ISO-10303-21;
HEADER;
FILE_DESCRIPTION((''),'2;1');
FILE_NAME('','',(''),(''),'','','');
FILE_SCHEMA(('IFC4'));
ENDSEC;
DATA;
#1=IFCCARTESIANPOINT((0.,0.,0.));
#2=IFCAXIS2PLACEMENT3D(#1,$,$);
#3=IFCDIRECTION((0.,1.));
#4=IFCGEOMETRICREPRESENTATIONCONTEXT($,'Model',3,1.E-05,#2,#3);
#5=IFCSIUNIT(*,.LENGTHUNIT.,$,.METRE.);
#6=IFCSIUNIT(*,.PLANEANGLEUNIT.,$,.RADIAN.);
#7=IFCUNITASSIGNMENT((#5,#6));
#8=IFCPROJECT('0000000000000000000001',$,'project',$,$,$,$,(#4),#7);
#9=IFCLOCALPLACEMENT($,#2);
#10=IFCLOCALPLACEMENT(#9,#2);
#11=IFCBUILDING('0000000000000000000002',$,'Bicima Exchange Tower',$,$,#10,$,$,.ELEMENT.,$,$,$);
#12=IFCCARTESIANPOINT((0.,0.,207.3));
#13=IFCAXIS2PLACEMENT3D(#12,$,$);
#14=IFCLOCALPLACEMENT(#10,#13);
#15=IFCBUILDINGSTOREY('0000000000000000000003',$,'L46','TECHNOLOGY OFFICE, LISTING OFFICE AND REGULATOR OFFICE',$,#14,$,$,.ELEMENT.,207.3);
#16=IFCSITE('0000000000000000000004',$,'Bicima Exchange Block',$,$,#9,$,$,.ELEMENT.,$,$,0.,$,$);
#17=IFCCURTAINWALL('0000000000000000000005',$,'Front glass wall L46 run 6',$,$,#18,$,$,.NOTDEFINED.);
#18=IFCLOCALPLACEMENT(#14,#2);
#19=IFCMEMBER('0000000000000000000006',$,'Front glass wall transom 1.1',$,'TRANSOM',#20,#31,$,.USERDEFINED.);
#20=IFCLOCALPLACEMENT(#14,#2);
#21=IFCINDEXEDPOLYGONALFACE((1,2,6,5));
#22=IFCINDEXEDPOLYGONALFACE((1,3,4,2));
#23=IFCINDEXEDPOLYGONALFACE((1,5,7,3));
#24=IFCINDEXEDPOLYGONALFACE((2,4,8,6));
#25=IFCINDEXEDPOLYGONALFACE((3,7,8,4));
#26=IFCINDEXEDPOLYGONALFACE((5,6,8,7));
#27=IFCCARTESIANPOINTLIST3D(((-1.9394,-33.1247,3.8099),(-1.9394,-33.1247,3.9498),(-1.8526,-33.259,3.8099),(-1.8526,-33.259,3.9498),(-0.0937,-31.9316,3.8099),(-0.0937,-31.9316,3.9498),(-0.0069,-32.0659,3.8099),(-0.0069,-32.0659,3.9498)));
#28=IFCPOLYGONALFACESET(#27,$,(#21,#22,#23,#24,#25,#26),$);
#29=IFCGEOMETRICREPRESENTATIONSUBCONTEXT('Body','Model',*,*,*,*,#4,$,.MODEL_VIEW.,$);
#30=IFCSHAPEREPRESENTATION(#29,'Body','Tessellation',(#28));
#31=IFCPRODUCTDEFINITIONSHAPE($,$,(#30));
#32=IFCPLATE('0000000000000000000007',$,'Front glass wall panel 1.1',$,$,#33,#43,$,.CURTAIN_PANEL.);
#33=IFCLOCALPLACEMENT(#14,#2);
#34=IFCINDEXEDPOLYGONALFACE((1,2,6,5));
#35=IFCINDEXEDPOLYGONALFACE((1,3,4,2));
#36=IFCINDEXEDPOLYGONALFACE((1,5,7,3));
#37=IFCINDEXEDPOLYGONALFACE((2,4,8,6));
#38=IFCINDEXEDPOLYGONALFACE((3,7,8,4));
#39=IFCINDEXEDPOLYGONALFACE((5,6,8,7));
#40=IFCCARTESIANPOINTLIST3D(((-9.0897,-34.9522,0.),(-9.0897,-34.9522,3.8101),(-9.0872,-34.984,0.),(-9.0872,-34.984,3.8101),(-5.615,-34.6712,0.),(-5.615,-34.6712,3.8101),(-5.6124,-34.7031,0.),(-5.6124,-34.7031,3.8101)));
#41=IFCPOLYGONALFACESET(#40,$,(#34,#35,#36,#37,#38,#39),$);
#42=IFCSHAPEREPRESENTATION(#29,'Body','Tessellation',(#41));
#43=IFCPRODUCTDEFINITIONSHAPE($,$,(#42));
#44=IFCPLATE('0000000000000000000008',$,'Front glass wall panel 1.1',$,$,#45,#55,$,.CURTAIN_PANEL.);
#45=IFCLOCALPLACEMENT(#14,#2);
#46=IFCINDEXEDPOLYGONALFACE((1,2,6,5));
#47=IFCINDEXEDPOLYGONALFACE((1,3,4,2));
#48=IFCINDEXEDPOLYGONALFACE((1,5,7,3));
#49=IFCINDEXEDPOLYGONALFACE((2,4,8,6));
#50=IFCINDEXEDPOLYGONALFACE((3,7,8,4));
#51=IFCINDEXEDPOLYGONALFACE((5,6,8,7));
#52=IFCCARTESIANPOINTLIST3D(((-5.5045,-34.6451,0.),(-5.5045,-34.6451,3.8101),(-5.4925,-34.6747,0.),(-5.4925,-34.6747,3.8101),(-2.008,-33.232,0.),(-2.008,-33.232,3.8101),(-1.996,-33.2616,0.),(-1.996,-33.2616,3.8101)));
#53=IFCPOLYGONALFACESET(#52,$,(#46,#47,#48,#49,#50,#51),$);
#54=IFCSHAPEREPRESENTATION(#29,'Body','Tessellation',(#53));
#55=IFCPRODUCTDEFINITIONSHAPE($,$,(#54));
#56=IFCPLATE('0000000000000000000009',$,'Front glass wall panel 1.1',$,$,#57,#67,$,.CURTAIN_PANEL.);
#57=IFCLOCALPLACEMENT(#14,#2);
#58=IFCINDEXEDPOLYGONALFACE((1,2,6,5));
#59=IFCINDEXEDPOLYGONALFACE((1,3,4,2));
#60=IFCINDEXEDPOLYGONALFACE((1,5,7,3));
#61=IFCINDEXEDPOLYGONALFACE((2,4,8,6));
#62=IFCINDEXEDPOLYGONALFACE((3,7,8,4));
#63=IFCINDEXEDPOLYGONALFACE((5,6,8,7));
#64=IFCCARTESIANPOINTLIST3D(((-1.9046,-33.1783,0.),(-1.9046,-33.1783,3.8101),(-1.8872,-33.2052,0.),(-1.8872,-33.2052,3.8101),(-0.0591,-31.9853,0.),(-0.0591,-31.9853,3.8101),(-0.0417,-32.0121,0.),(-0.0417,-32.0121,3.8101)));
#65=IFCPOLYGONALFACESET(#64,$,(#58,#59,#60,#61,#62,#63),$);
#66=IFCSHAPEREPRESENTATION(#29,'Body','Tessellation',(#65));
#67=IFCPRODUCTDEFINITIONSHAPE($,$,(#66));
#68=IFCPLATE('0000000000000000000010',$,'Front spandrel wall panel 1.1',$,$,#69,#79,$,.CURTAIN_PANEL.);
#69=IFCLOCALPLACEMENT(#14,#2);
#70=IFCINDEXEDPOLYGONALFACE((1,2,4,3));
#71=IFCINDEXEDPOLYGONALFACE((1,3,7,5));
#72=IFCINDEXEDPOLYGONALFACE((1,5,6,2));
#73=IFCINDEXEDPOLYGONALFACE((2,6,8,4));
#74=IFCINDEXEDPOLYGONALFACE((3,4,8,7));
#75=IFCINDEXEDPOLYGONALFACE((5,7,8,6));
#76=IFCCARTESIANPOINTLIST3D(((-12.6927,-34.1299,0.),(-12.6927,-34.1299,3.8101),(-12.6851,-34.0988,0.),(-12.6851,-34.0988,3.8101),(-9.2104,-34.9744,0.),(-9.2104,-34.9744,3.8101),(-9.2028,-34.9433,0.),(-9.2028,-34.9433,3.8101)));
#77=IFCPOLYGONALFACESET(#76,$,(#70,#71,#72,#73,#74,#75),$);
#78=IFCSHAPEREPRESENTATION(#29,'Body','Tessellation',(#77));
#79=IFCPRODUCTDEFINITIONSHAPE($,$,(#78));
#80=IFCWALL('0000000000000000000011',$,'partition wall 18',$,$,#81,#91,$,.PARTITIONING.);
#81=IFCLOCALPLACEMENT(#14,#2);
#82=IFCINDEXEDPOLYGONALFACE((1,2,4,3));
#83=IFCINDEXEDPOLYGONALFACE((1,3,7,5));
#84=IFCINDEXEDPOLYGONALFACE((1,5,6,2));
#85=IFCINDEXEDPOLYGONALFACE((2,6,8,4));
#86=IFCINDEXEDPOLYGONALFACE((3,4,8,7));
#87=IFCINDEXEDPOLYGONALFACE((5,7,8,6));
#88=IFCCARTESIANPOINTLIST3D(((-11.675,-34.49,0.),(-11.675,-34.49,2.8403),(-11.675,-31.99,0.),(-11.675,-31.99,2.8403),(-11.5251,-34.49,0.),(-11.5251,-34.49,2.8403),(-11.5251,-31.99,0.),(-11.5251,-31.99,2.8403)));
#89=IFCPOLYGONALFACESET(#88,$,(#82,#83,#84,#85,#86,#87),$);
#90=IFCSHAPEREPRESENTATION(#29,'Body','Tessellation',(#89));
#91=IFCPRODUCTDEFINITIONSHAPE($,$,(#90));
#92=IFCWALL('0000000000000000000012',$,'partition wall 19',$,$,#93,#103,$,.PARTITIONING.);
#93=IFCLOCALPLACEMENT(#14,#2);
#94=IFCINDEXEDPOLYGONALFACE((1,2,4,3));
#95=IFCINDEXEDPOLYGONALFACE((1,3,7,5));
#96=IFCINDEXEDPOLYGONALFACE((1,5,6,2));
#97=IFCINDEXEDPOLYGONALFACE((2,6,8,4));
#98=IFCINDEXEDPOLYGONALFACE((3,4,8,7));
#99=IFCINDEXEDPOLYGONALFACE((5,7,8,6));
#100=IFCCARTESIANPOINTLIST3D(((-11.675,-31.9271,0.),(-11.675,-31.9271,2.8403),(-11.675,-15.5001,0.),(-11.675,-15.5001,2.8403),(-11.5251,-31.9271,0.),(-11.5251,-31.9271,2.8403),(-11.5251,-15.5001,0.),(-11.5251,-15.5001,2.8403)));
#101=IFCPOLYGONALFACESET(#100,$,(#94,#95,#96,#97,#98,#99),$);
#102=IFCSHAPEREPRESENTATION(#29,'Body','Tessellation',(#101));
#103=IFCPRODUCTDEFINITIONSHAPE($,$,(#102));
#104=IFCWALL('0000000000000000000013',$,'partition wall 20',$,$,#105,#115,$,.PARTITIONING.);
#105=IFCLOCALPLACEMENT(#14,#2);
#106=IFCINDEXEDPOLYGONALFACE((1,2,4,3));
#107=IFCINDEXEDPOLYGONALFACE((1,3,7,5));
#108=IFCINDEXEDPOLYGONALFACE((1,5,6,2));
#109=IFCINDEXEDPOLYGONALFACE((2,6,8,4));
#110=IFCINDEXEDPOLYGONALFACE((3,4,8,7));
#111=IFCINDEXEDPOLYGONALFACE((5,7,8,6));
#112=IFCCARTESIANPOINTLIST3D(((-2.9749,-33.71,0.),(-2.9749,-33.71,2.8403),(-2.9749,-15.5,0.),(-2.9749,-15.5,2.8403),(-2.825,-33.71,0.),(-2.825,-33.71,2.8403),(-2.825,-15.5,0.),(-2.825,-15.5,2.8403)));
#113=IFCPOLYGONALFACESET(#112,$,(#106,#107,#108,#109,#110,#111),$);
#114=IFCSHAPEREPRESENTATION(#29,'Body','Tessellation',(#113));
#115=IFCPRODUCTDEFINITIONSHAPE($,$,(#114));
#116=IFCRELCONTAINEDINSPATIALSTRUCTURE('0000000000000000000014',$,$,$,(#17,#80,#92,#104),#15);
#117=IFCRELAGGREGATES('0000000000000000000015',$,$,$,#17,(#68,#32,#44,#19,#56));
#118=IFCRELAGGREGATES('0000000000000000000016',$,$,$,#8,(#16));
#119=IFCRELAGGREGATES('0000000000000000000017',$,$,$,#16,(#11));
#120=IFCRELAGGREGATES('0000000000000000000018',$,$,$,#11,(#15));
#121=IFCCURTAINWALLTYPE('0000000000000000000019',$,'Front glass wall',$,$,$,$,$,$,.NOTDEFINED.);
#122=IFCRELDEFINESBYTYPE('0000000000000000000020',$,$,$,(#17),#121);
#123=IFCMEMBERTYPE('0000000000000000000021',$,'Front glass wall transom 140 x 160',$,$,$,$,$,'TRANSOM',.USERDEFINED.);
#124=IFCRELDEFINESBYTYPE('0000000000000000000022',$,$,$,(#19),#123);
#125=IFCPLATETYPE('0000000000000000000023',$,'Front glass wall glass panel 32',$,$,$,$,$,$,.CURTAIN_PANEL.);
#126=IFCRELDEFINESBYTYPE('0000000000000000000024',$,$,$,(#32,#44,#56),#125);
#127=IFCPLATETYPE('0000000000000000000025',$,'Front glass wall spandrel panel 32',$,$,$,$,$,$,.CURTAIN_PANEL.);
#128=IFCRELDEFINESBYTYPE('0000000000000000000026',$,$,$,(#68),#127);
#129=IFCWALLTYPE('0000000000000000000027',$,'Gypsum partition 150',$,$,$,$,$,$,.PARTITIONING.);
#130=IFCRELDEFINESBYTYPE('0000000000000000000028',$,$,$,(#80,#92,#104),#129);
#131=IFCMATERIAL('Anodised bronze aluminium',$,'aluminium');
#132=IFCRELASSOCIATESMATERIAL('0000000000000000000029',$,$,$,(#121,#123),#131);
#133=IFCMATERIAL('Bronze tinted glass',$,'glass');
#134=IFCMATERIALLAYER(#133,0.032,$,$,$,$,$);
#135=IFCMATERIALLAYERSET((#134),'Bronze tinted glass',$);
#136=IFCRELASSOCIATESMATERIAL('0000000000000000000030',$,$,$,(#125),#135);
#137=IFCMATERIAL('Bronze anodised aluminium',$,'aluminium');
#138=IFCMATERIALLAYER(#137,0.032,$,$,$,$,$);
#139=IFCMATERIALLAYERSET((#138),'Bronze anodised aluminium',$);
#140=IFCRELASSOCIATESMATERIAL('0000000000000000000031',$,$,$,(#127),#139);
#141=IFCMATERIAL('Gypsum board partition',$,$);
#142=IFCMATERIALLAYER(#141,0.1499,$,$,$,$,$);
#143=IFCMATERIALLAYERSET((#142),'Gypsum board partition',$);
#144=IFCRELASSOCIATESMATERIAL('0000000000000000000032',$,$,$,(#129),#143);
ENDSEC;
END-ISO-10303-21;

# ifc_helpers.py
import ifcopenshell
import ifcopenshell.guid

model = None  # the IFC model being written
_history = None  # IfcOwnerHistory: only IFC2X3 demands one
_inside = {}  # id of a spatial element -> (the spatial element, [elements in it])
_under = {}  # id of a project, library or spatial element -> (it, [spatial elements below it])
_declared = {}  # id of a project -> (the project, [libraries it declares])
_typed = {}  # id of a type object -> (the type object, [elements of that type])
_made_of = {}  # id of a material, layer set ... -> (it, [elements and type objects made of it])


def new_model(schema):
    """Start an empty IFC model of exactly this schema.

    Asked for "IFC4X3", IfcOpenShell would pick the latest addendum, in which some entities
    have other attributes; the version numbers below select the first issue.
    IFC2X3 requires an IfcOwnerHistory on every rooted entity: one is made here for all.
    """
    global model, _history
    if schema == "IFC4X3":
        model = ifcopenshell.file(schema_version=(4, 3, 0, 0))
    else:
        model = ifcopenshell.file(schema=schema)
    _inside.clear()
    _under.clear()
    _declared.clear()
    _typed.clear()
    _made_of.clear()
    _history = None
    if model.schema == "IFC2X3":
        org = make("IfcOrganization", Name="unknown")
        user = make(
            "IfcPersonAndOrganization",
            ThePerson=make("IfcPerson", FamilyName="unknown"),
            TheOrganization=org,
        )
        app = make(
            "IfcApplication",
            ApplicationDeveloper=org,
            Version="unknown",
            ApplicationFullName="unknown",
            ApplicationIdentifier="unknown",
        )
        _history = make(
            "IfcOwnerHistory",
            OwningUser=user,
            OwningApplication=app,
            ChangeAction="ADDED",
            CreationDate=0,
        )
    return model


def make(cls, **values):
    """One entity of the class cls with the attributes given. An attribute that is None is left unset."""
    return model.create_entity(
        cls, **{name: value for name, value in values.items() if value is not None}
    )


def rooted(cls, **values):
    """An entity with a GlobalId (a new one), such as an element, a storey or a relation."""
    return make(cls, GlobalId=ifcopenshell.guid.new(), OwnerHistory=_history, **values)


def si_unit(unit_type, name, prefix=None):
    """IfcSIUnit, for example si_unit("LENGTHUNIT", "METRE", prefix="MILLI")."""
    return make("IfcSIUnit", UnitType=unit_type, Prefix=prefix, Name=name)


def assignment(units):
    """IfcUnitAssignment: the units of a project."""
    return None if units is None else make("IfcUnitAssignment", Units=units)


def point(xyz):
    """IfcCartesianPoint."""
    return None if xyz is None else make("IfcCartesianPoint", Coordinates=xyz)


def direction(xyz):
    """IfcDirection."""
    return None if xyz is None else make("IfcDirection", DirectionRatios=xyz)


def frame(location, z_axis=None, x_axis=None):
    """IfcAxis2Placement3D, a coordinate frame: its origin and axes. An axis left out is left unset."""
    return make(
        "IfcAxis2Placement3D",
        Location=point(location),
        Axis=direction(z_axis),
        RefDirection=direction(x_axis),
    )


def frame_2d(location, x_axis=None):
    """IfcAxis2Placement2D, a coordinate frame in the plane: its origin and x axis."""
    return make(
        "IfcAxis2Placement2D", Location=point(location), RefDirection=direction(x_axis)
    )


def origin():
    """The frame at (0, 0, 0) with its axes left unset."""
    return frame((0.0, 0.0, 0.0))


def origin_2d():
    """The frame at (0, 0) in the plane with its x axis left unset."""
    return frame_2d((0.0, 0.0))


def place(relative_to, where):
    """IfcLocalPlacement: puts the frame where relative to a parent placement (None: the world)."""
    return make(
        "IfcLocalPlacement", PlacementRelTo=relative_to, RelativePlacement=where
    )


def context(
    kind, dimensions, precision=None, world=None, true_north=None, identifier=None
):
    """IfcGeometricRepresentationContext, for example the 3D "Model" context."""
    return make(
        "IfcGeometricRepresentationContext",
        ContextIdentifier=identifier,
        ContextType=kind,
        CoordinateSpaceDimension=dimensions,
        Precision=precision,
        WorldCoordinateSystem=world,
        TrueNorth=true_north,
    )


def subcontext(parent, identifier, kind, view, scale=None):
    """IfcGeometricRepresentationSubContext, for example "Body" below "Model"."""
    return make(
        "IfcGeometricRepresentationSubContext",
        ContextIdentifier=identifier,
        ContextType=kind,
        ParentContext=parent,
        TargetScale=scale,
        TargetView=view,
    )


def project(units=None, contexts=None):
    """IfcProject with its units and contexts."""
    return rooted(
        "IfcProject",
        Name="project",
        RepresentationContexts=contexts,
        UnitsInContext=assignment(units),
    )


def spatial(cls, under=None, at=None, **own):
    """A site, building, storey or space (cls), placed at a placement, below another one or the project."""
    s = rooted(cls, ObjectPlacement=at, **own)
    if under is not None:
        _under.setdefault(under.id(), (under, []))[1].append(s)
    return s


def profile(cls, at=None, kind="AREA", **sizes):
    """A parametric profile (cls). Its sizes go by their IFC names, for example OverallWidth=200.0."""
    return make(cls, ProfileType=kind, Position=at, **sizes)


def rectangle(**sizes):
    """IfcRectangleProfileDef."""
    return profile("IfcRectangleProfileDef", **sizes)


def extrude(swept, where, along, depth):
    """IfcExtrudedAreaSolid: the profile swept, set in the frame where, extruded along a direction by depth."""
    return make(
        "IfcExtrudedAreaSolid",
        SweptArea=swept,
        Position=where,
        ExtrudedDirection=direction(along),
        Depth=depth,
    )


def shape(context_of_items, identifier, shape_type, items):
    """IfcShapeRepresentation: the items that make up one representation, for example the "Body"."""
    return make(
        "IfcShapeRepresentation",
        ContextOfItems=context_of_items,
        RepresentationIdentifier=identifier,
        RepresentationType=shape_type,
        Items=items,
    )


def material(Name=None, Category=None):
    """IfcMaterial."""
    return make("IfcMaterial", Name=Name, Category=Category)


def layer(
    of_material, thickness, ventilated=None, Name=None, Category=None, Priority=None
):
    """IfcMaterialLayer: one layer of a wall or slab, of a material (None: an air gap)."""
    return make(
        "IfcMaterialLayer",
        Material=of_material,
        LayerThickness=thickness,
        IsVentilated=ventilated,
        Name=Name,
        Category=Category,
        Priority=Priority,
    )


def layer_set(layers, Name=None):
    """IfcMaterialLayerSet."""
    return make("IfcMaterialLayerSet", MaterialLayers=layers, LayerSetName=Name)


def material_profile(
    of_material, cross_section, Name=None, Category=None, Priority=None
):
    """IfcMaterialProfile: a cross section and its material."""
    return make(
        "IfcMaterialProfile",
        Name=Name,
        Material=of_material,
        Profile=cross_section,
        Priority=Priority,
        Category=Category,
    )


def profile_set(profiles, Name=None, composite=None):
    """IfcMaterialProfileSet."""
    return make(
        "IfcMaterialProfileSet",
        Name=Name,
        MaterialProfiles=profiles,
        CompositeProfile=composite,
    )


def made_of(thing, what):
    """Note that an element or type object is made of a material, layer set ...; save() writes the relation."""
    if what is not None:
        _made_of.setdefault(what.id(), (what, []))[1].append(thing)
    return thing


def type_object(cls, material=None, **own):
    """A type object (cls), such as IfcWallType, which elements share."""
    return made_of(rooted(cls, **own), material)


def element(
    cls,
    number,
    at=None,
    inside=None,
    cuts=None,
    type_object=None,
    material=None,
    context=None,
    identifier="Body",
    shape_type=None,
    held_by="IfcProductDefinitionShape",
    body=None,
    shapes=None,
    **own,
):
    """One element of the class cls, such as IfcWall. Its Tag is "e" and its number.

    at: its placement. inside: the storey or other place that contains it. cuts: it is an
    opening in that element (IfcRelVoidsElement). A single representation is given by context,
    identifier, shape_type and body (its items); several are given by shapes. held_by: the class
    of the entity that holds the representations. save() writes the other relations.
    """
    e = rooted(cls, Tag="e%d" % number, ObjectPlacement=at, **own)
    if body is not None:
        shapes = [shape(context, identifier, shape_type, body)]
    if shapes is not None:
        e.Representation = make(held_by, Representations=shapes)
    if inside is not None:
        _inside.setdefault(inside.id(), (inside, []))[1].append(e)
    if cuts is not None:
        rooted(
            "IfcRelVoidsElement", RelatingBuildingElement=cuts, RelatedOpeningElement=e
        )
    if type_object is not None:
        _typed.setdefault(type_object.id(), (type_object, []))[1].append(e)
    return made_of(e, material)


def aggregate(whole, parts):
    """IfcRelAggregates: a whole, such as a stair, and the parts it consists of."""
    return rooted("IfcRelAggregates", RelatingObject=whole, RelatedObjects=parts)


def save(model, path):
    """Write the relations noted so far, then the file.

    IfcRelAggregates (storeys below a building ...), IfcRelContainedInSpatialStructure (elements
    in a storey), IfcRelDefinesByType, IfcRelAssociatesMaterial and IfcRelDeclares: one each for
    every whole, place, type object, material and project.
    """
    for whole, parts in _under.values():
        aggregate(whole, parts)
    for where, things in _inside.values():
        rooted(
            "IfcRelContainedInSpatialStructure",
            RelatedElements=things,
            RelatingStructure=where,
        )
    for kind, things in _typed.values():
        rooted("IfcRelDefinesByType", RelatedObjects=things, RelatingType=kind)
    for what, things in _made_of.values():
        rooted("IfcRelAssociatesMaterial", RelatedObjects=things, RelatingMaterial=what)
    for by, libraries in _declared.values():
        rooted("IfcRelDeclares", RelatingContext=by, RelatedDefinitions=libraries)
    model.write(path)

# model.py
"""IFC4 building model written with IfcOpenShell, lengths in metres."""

from ifc_helpers import new_model, si_unit, direction, frame, frame_2d, origin, origin_2d, place, context, subcontext, project, spatial, rectangle, extrude, material, layer, layer_set, material_profile, profile_set, type_object, element, aggregate, save


model = new_model("IFC4")

# Units and contexts
model_context = context("Model", 3, precision=1e-05, world=origin(), true_north=direction((0.0, 1.0)))
body_context = subcontext(model_context, "Body", "Model", "MODEL_VIEW")
ifc_project = project(units=[si_unit("LENGTHUNIT", "METRE"), si_unit("PLANEANGLEUNIT", "RADIAN")], contexts=[model_context])

# Site, building, storey
site_placement = place(None, origin())
site = spatial("IfcSite", under=ifc_project, at=site_placement, Name="Bicima Exchange Block", CompositionType="ELEMENT", RefElevation=0.0)
building_placement = place(site_placement, origin())
building = spatial("IfcBuilding", under=site, at=building_placement, Name="Bicima Exchange Tower", CompositionType="ELEMENT")
storey_placement = place(building_placement, frame((0.0, 0.0, 207.3)))
storey = spatial("IfcBuildingStorey", under=building, at=storey_placement, Name="L46", Description="TECHNOLOGY OFFICE, LISTING OFFICE AND REGULATOR OFFICE", CompositionType="ELEMENT", Elevation=207.3)

# Curtain wall, member, plates
ifc_material_1 = material(Name="Anodised bronze aluminium", Category="aluminium")
curtain_wall_type = type_object("IfcCurtainWallType", Name="Front glass wall", PredefinedType="NOTDEFINED", material=ifc_material_1)
curtain_wall_placement = place(storey_placement, origin())
curtain_wall = element("IfcCurtainWall", 1, at=curtain_wall_placement, inside=storey, type_object=curtain_wall_type, Name="Front glass wall L46 run 6", PredefinedType="NOTDEFINED")
ifc_material_profile_1 = material_profile(ifc_material_1, rectangle(XDim=0.1599, YDim=0.1399, at=origin_2d()))
ifc_profile_set_1 = profile_set([ifc_material_profile_1], Name="Anodised bronze aluminium")
member_type_1 = type_object("IfcMemberType", Name="Front glass wall transom 140 x 160", ElementType="TRANSOM", PredefinedType="USERDEFINED", material=ifc_profile_set_1)
member_1_placement = place(storey_placement, frame((-1.896, -33.1919, 3.8799), z_axis=(0.839811, 0.542878, 0.0), x_axis=(-0.542878, 0.839811, 0.0)))
member_1 = element("IfcMember", 2, at=member_1_placement, type_object=member_type_1, Name="Front glass wall transom 1.1", ObjectType="TRANSOM", PredefinedType="USERDEFINED", context=body_context, shape_type="SweptSolid", body=[
    extrude(rectangle(XDim=0.1599, YDim=0.1399, at=origin_2d()), origin(), (0.0, 0.0, 1.0), 2.1978),
])
ifc_material_2 = material(Name="Bronze tinted glass", Category="glass")
ifc_layer_1 = layer(ifc_material_2, 0.032)
ifc_layer_set_1 = layer_set([ifc_layer_1], Name="Bronze tinted glass")
plate_type_1 = type_object("IfcPlateType", Name="Front glass wall glass panel 32", PredefinedType="CURTAIN_PANEL", material=ifc_layer_set_1)
plate_1_placement = place(storey_placement, frame((-7.3511, -34.8276, 0.0), z_axis=(0.0, 0.0, 1.0), x_axis=(0.996747, 0.080589, 0.0)))
plate_1 = element("IfcPlate", 3, at=plate_1_placement, type_object=plate_type_1, Name="Front glass wall panel 1.1", PredefinedType="CURTAIN_PANEL", context=body_context, shape_type="SweptSolid", body=[
    extrude(rectangle(XDim=3.4861, YDim=0.032, at=origin_2d()), origin(), (0.0, 0.0, 1.0), 3.8101),
])
plate_2_placement = place(storey_placement, frame((-3.7502, -33.9534, 0.0), z_axis=(0.0, 0.0, 1.0), x_axis=(0.927144, 0.374705, 0.0)))
plate_2 = element("IfcPlate", 4, at=plate_2_placement, type_object=plate_type_1, Name="Front glass wall panel 1.1", PredefinedType="CURTAIN_PANEL", context=body_context, shape_type="SweptSolid", body=[
    extrude(rectangle(XDim=3.7712, YDim=0.032, at=origin_2d()), origin(), (0.0, 0.0, 1.0), 3.8101),
])
plate_3_placement = place(storey_placement, frame((-0.9731, -32.5952, 0.0), z_axis=(0.0, 0.0, 1.0), x_axis=(0.839799, 0.542897, 0.0)))
plate_3 = element("IfcPlate", 5, at=plate_3_placement, type_object=plate_type_1, Name="Front glass wall panel 1.1", PredefinedType="CURTAIN_PANEL", context=body_context, shape_type="SweptSolid", body=[
    extrude(rectangle(XDim=2.1975, YDim=0.032, at=origin_2d()), origin(), (0.0, 0.0, 1.0), 3.8101),
])
ifc_material_3 = material(Name="Bronze anodised aluminium", Category="aluminium")
ifc_layer_2 = layer(ifc_material_3, 0.032)
ifc_layer_set_2 = layer_set([ifc_layer_2], Name="Bronze anodised aluminium")
plate_type_2 = type_object("IfcPlateType", Name="Front glass wall spandrel panel 32", PredefinedType="CURTAIN_PANEL", material=ifc_layer_set_2)
plate_4_placement = place(storey_placement, frame((-10.9478, -34.5366, 0.0), z_axis=(0.0, 0.0, 1.0), x_axis=(0.97183, -0.235682, 0.0)))
plate_4 = element("IfcPlate", 6, at=plate_4_placement, type_object=plate_type_2, Name="Front spandrel wall panel 1.1", PredefinedType="CURTAIN_PANEL", context=body_context, shape_type="SweptSolid", body=[
    extrude(rectangle(XDim=3.5833, YDim=0.032, at=origin_2d()), origin(), (0.0, 0.0, 1.0), 3.8101),
])
aggregate(curtain_wall, [plate_4, plate_1, plate_2, member_1, plate_3])

# Walls
ifc_material_4 = material(Name="Gypsum board partition")
ifc_layer_3 = layer(ifc_material_4, 0.1499)
ifc_layer_set_3 = layer_set([ifc_layer_3], Name="Gypsum board partition")
wall_type = type_object("IfcWallType", Name="Gypsum partition 150", PredefinedType="PARTITIONING", material=ifc_layer_set_3)
wall_1_placement = place(storey_placement, frame((-11.6001, -34.49, 0.0), z_axis=(0.0, 0.0, 1.0), x_axis=(0.0, 1.0, 0.0)))
element("IfcWall", 7, at=wall_1_placement, inside=storey, type_object=wall_type, Name="partition wall 18", PredefinedType="PARTITIONING", context=body_context, shape_type="SweptSolid", body=[
    extrude(rectangle(XDim=2.5, YDim=0.1499, at=frame_2d((1.25, 0.0))), origin(), (0.0, 0.0, 1.0), 2.8403),
])
wall_2_placement = place(storey_placement, frame((-11.6001, -31.927, 0.0), z_axis=(0.0, 0.0, 1.0), x_axis=(0.0, 1.0, 0.0)))
element("IfcWall", 8, at=wall_2_placement, inside=storey, type_object=wall_type, Name="partition wall 19", PredefinedType="PARTITIONING", context=body_context, shape_type="SweptSolid", body=[
    extrude(rectangle(XDim=16.427, YDim=0.1499, at=frame_2d((8.2134, 0.0))), origin(), (0.0, 0.0, 1.0), 2.8403),
])
wall_3_placement = place(storey_placement, frame((-2.8999, -33.71, 0.0), z_axis=(0.0, 0.0, 1.0), x_axis=(0.0, 1.0, 0.0)))
element("IfcWall", 9, at=wall_3_placement, inside=storey, type_object=wall_type, Name="partition wall 20", PredefinedType="PARTITIONING", context=body_context, shape_type="SweptSolid", body=[
    extrude(rectangle(XDim=18.21, YDim=0.1499, at=frame_2d((9.105, 0.0))), origin(), (0.0, 0.0, 1.0), 2.8403),
])

save(model, "model.ifc")
